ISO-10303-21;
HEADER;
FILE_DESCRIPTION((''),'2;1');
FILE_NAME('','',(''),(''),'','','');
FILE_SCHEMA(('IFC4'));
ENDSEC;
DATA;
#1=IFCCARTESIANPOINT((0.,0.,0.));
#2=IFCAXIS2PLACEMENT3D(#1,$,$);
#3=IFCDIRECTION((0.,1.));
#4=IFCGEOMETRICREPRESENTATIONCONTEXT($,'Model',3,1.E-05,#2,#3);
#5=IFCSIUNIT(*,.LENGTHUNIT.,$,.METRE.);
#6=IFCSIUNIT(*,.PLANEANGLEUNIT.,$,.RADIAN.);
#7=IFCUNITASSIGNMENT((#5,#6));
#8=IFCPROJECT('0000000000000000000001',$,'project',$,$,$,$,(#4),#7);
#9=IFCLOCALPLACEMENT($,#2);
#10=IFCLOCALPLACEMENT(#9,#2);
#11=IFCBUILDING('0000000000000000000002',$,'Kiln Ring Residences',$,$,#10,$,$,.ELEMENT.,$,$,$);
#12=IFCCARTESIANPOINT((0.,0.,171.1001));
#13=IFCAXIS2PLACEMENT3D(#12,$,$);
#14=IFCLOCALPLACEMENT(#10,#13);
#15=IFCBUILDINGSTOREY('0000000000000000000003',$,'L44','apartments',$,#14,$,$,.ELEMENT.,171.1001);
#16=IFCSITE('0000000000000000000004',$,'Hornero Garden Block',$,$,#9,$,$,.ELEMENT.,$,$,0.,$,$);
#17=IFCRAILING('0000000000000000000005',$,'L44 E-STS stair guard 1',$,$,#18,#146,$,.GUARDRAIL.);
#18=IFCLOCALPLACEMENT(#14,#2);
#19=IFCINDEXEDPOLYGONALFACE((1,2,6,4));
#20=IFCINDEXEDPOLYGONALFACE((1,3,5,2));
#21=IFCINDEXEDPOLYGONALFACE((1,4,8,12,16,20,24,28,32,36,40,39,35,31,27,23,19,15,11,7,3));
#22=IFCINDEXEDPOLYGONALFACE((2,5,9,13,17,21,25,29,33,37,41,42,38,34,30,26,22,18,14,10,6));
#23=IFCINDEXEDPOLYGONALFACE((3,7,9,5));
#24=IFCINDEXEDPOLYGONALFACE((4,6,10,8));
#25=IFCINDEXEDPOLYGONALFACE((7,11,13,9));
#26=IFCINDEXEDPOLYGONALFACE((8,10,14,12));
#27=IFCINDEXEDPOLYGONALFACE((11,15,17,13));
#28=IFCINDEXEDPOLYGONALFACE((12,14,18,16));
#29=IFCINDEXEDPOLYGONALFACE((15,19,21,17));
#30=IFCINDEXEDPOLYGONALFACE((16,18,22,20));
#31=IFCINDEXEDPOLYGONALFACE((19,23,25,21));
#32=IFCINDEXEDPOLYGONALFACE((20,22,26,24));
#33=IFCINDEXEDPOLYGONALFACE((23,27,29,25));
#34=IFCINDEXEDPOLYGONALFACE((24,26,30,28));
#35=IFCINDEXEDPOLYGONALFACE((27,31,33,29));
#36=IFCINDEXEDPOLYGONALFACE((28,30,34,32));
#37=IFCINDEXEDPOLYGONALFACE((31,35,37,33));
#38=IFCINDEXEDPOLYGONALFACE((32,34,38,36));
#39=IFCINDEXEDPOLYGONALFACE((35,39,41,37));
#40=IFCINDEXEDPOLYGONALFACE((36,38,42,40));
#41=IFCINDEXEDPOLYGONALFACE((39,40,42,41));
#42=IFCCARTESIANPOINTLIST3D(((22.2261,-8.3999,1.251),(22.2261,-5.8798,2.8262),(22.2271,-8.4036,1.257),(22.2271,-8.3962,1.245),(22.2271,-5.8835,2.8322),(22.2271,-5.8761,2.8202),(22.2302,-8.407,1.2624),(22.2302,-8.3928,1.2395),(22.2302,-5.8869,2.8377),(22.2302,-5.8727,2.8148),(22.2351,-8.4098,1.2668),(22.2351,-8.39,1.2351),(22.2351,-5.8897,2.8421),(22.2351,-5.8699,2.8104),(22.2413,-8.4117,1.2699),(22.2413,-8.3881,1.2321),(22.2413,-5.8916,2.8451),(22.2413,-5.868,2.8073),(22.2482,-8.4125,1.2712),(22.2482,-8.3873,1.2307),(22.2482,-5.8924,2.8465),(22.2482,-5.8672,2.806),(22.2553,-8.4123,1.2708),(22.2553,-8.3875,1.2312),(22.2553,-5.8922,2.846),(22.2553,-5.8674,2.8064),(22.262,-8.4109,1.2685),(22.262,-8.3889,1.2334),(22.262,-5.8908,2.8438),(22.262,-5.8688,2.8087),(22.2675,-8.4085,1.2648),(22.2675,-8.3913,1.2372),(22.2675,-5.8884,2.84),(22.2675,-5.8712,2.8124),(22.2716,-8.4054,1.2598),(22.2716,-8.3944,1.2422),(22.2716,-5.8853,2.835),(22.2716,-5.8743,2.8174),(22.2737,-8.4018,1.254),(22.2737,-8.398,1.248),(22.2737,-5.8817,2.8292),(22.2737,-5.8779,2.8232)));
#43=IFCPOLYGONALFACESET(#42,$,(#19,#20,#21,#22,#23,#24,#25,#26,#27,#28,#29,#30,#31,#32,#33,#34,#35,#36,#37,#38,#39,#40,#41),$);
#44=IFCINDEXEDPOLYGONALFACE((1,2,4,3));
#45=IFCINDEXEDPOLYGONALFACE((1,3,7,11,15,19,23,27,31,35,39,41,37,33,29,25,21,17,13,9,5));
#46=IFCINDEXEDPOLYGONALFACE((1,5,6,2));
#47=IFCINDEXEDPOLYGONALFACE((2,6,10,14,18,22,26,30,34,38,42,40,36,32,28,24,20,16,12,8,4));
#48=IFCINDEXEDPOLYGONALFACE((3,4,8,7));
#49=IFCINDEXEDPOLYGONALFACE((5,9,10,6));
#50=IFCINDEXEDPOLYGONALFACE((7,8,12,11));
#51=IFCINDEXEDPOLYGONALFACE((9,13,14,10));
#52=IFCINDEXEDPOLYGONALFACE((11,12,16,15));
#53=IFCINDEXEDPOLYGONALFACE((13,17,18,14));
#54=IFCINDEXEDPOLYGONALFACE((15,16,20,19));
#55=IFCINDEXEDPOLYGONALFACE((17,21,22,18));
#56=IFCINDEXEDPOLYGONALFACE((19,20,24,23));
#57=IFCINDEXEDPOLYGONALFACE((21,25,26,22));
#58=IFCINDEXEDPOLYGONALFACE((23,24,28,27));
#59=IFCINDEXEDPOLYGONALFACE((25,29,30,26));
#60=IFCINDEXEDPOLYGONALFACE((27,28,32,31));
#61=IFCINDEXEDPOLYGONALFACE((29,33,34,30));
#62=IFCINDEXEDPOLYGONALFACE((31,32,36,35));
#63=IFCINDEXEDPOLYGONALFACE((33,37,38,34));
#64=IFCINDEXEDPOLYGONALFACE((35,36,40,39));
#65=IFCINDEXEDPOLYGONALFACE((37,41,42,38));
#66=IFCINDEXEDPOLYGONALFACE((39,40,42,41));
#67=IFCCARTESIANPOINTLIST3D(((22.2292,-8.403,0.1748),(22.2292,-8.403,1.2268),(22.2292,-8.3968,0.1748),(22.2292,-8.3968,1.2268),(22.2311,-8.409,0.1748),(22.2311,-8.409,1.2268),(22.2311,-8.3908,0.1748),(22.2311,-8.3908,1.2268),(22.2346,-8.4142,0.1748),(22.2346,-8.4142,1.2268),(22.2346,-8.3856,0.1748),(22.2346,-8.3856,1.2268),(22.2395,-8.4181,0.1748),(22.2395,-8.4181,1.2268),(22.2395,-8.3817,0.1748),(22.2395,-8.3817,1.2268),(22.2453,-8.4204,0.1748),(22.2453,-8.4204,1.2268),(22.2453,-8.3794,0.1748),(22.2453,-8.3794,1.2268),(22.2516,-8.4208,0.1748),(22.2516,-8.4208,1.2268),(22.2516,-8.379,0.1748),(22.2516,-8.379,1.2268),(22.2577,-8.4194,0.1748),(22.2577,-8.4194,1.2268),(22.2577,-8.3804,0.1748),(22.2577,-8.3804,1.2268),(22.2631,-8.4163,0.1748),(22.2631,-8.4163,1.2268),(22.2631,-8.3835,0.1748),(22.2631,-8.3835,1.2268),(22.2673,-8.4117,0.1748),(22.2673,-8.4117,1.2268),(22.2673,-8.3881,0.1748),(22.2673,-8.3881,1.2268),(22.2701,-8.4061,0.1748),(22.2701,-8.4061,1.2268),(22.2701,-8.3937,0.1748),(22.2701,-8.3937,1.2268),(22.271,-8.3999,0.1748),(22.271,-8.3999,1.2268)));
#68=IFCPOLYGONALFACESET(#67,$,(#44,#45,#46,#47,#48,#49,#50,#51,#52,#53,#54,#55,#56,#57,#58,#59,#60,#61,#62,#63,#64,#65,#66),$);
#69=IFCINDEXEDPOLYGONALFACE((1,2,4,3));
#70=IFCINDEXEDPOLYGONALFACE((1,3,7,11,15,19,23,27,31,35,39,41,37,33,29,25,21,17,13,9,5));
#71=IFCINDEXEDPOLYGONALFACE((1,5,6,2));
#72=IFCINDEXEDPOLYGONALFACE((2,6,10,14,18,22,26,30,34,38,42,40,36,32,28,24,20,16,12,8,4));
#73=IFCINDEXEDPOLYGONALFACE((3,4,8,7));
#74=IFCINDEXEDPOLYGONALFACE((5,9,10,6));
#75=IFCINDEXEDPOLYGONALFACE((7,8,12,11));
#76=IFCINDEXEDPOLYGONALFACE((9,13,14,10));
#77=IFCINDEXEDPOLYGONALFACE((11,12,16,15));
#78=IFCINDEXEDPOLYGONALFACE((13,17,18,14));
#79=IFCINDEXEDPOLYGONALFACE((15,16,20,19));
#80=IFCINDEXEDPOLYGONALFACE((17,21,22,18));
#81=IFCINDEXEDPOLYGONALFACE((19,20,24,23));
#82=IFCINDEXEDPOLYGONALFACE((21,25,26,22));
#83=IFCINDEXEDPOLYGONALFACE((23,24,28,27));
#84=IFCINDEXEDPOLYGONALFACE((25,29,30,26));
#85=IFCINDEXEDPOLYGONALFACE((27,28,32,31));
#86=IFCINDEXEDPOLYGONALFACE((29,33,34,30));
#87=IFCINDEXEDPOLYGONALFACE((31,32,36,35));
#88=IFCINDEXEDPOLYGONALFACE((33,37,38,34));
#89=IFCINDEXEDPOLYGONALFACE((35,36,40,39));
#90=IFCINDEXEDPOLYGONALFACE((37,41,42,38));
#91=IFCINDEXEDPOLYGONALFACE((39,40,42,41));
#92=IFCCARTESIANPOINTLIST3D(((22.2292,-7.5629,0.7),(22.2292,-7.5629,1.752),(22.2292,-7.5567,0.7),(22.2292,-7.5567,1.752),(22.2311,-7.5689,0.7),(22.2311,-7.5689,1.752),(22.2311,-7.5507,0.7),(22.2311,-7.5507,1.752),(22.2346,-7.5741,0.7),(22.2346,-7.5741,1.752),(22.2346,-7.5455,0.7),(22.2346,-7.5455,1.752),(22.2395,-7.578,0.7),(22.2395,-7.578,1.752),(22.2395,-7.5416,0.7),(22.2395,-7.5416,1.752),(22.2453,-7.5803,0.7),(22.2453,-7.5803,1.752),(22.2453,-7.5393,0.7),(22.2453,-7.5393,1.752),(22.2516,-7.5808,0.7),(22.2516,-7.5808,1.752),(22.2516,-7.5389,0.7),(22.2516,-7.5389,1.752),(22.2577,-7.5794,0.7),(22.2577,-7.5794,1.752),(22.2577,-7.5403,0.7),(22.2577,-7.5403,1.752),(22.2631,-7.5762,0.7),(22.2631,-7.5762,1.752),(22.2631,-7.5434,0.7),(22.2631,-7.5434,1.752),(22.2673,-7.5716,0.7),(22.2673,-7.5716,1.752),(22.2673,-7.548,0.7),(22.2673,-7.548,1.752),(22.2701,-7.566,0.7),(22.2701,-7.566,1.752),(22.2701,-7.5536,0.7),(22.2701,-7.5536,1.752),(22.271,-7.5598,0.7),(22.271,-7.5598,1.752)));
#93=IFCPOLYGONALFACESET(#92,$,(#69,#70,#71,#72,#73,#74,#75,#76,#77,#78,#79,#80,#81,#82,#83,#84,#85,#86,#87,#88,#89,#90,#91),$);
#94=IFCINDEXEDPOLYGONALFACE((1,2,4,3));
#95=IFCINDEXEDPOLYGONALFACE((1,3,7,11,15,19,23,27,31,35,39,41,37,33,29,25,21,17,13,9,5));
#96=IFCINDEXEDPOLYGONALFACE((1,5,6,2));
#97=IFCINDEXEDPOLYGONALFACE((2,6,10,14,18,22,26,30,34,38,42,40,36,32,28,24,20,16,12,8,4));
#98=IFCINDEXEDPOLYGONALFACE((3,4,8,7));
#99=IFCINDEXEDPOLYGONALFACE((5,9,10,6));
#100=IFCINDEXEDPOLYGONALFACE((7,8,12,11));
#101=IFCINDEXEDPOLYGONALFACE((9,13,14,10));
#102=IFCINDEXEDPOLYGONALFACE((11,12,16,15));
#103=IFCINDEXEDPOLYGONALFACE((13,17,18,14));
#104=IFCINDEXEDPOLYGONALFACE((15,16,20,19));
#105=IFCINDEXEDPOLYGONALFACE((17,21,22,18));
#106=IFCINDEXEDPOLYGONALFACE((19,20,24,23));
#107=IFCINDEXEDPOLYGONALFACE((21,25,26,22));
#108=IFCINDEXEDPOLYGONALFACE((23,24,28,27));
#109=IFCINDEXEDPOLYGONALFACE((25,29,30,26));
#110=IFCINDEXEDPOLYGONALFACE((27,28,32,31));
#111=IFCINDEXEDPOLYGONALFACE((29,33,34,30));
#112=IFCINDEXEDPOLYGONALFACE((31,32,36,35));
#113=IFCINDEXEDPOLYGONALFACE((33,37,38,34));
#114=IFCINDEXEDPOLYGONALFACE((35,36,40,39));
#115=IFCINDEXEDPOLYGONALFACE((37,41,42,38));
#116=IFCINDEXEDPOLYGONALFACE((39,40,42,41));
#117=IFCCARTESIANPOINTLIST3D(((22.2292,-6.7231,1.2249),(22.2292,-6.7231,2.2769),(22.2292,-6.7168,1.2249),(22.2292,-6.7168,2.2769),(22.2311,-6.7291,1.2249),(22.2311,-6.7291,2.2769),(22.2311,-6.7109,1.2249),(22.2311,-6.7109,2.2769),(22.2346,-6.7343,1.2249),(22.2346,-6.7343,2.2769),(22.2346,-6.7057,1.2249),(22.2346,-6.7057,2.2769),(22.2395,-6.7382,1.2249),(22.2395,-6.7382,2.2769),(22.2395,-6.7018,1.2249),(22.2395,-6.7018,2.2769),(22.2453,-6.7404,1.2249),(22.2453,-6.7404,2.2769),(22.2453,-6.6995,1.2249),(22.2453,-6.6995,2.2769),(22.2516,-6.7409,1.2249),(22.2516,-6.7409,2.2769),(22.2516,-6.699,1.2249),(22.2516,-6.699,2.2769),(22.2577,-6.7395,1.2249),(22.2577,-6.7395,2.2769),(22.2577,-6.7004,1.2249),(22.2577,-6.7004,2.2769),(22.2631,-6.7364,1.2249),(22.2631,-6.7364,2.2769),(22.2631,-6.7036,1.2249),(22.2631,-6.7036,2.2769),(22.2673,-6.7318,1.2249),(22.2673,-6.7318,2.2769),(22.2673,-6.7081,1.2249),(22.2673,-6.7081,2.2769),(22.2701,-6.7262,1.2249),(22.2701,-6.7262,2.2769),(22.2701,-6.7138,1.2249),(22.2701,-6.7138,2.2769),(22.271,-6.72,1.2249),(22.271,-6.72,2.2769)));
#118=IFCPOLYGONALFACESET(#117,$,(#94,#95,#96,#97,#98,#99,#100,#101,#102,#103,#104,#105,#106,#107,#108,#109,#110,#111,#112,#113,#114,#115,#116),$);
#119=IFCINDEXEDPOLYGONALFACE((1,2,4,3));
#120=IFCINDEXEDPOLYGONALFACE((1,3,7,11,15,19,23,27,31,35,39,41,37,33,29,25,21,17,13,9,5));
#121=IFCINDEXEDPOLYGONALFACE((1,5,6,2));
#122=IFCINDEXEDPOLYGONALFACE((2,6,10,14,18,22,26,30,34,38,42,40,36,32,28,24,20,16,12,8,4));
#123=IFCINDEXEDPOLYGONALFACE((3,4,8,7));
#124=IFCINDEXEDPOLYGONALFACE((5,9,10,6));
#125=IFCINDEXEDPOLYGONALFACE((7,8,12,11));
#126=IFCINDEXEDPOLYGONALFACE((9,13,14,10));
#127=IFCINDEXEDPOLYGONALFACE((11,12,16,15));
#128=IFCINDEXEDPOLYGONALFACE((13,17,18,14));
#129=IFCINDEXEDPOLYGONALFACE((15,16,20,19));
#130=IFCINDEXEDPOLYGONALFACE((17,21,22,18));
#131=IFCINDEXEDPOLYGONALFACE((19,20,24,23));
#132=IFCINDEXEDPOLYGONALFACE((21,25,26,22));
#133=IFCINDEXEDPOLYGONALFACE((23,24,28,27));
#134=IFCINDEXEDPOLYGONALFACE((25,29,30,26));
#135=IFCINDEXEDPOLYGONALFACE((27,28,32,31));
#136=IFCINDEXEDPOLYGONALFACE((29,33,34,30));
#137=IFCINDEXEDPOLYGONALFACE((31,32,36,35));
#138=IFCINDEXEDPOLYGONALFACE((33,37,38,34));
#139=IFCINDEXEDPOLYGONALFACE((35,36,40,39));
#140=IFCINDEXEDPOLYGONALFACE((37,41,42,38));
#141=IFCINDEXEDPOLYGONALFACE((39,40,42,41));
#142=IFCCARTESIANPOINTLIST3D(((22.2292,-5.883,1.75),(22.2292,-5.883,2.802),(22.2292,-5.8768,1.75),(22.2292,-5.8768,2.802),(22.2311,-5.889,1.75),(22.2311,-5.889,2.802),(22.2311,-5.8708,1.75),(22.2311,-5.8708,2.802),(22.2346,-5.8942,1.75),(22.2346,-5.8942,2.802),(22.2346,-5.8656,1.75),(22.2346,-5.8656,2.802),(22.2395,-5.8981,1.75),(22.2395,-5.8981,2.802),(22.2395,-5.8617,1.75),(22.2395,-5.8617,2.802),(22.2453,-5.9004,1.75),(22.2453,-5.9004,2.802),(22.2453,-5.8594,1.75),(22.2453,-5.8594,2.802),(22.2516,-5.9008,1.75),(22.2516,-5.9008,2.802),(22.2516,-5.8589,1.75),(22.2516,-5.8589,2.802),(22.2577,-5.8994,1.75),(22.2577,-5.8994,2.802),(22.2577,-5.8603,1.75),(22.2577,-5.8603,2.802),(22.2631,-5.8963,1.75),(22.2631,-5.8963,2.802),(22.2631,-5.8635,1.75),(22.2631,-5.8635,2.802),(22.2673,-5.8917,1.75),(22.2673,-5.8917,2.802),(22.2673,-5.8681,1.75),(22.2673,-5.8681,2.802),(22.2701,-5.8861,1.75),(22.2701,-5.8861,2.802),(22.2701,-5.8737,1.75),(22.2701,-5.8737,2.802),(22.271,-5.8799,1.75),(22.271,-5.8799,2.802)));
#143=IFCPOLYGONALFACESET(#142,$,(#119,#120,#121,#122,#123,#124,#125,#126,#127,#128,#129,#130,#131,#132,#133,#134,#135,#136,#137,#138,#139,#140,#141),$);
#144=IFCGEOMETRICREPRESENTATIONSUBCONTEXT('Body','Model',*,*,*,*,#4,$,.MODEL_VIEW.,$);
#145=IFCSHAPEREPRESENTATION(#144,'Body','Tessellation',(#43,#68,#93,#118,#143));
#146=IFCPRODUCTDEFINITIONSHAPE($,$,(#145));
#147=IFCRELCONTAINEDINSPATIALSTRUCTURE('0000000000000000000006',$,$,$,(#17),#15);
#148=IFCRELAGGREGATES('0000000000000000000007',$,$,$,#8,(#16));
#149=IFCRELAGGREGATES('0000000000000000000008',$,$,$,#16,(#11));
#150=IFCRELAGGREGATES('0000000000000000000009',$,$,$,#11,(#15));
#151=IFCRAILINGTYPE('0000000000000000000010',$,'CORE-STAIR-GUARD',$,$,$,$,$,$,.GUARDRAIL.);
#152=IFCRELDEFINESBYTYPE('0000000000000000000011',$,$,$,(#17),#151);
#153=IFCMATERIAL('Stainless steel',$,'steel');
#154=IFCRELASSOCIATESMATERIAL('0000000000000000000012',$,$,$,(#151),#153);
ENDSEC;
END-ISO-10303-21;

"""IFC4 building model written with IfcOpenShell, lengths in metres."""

from ifc_helpers import new_model, si_unit, direction, frame, origin, origin_2d, place, context, subcontext, project, spatial, circle, extrude, material, type_object, element, save


model = new_model("IFC4")

# Units and contexts
model_context = context("Model", 3, precision=1e-05, world=origin(), true_north=direction((0.0, 1.0)))
body_context = subcontext(model_context, "Body", "Model", "MODEL_VIEW")
ifc_project = project(units=[si_unit("LENGTHUNIT", "METRE"), si_unit("PLANEANGLEUNIT", "RADIAN")], contexts=[model_context])

# Site, building, storey
site_placement = place(None, origin())
site = spatial("IfcSite", under=ifc_project, at=site_placement, Name="Hornero Garden Block", CompositionType="ELEMENT", RefElevation=0.0)
building_placement = place(site_placement, origin())
building = spatial("IfcBuilding", under=site, at=building_placement, Name="Kiln Ring Residences", CompositionType="ELEMENT")
storey_placement = place(building_placement, frame((0.0, 0.0, 171.1001)))
storey = spatial("IfcBuildingStorey", under=building, at=storey_placement, Name="L44", Description="apartments", CompositionType="ELEMENT", Elevation=171.1001)

# Railing
ifc_material_1 = material(Name="Stainless steel", Category="steel")
railing_type_1 = type_object("IfcRailingType", Name="CORE-STAIR-GUARD", PredefinedType="GUARDRAIL", material=ifc_material_1)
railing_1_placement = place(storey_placement, frame((22.25, -8.3999, 0.1748)))
element("IfcRailing", 1, at=railing_1_placement, inside=storey, type_object=railing_type_1, Name="L44 E-STS stair guard 1", PredefinedType="GUARDRAIL", context=body_context, shape_type="SweptSolid", body=[
    extrude(circle(Radius=0.0239, at=origin_2d()), frame((0.0, 0.0, 1.0762), z_axis=(0.0, 0.847971, 0.530043), x_axis=(-1.0, 0.0, 0.0)), (0.0, 0.0, 1.0), 2.9719),
    extrude(circle(Radius=0.021, at=origin_2d()), origin(), (0.0, 0.0, 1.0), 1.052),
    extrude(circle(Radius=0.021, at=origin_2d()), frame((0.0, 0.8401, 0.5251)), (0.0, 0.0, 1.0), 1.052),
    extrude(circle(Radius=0.021, at=origin_2d()), frame((0.0, 1.6799, 1.05)), (0.0, 0.0, 1.0), 1.052),
    extrude(circle(Radius=0.021, at=origin_2d()), frame((0.0, 2.52, 1.5752)), (0.0, 0.0, 1.0), 1.052),
])

save(model, "model.ifc")
